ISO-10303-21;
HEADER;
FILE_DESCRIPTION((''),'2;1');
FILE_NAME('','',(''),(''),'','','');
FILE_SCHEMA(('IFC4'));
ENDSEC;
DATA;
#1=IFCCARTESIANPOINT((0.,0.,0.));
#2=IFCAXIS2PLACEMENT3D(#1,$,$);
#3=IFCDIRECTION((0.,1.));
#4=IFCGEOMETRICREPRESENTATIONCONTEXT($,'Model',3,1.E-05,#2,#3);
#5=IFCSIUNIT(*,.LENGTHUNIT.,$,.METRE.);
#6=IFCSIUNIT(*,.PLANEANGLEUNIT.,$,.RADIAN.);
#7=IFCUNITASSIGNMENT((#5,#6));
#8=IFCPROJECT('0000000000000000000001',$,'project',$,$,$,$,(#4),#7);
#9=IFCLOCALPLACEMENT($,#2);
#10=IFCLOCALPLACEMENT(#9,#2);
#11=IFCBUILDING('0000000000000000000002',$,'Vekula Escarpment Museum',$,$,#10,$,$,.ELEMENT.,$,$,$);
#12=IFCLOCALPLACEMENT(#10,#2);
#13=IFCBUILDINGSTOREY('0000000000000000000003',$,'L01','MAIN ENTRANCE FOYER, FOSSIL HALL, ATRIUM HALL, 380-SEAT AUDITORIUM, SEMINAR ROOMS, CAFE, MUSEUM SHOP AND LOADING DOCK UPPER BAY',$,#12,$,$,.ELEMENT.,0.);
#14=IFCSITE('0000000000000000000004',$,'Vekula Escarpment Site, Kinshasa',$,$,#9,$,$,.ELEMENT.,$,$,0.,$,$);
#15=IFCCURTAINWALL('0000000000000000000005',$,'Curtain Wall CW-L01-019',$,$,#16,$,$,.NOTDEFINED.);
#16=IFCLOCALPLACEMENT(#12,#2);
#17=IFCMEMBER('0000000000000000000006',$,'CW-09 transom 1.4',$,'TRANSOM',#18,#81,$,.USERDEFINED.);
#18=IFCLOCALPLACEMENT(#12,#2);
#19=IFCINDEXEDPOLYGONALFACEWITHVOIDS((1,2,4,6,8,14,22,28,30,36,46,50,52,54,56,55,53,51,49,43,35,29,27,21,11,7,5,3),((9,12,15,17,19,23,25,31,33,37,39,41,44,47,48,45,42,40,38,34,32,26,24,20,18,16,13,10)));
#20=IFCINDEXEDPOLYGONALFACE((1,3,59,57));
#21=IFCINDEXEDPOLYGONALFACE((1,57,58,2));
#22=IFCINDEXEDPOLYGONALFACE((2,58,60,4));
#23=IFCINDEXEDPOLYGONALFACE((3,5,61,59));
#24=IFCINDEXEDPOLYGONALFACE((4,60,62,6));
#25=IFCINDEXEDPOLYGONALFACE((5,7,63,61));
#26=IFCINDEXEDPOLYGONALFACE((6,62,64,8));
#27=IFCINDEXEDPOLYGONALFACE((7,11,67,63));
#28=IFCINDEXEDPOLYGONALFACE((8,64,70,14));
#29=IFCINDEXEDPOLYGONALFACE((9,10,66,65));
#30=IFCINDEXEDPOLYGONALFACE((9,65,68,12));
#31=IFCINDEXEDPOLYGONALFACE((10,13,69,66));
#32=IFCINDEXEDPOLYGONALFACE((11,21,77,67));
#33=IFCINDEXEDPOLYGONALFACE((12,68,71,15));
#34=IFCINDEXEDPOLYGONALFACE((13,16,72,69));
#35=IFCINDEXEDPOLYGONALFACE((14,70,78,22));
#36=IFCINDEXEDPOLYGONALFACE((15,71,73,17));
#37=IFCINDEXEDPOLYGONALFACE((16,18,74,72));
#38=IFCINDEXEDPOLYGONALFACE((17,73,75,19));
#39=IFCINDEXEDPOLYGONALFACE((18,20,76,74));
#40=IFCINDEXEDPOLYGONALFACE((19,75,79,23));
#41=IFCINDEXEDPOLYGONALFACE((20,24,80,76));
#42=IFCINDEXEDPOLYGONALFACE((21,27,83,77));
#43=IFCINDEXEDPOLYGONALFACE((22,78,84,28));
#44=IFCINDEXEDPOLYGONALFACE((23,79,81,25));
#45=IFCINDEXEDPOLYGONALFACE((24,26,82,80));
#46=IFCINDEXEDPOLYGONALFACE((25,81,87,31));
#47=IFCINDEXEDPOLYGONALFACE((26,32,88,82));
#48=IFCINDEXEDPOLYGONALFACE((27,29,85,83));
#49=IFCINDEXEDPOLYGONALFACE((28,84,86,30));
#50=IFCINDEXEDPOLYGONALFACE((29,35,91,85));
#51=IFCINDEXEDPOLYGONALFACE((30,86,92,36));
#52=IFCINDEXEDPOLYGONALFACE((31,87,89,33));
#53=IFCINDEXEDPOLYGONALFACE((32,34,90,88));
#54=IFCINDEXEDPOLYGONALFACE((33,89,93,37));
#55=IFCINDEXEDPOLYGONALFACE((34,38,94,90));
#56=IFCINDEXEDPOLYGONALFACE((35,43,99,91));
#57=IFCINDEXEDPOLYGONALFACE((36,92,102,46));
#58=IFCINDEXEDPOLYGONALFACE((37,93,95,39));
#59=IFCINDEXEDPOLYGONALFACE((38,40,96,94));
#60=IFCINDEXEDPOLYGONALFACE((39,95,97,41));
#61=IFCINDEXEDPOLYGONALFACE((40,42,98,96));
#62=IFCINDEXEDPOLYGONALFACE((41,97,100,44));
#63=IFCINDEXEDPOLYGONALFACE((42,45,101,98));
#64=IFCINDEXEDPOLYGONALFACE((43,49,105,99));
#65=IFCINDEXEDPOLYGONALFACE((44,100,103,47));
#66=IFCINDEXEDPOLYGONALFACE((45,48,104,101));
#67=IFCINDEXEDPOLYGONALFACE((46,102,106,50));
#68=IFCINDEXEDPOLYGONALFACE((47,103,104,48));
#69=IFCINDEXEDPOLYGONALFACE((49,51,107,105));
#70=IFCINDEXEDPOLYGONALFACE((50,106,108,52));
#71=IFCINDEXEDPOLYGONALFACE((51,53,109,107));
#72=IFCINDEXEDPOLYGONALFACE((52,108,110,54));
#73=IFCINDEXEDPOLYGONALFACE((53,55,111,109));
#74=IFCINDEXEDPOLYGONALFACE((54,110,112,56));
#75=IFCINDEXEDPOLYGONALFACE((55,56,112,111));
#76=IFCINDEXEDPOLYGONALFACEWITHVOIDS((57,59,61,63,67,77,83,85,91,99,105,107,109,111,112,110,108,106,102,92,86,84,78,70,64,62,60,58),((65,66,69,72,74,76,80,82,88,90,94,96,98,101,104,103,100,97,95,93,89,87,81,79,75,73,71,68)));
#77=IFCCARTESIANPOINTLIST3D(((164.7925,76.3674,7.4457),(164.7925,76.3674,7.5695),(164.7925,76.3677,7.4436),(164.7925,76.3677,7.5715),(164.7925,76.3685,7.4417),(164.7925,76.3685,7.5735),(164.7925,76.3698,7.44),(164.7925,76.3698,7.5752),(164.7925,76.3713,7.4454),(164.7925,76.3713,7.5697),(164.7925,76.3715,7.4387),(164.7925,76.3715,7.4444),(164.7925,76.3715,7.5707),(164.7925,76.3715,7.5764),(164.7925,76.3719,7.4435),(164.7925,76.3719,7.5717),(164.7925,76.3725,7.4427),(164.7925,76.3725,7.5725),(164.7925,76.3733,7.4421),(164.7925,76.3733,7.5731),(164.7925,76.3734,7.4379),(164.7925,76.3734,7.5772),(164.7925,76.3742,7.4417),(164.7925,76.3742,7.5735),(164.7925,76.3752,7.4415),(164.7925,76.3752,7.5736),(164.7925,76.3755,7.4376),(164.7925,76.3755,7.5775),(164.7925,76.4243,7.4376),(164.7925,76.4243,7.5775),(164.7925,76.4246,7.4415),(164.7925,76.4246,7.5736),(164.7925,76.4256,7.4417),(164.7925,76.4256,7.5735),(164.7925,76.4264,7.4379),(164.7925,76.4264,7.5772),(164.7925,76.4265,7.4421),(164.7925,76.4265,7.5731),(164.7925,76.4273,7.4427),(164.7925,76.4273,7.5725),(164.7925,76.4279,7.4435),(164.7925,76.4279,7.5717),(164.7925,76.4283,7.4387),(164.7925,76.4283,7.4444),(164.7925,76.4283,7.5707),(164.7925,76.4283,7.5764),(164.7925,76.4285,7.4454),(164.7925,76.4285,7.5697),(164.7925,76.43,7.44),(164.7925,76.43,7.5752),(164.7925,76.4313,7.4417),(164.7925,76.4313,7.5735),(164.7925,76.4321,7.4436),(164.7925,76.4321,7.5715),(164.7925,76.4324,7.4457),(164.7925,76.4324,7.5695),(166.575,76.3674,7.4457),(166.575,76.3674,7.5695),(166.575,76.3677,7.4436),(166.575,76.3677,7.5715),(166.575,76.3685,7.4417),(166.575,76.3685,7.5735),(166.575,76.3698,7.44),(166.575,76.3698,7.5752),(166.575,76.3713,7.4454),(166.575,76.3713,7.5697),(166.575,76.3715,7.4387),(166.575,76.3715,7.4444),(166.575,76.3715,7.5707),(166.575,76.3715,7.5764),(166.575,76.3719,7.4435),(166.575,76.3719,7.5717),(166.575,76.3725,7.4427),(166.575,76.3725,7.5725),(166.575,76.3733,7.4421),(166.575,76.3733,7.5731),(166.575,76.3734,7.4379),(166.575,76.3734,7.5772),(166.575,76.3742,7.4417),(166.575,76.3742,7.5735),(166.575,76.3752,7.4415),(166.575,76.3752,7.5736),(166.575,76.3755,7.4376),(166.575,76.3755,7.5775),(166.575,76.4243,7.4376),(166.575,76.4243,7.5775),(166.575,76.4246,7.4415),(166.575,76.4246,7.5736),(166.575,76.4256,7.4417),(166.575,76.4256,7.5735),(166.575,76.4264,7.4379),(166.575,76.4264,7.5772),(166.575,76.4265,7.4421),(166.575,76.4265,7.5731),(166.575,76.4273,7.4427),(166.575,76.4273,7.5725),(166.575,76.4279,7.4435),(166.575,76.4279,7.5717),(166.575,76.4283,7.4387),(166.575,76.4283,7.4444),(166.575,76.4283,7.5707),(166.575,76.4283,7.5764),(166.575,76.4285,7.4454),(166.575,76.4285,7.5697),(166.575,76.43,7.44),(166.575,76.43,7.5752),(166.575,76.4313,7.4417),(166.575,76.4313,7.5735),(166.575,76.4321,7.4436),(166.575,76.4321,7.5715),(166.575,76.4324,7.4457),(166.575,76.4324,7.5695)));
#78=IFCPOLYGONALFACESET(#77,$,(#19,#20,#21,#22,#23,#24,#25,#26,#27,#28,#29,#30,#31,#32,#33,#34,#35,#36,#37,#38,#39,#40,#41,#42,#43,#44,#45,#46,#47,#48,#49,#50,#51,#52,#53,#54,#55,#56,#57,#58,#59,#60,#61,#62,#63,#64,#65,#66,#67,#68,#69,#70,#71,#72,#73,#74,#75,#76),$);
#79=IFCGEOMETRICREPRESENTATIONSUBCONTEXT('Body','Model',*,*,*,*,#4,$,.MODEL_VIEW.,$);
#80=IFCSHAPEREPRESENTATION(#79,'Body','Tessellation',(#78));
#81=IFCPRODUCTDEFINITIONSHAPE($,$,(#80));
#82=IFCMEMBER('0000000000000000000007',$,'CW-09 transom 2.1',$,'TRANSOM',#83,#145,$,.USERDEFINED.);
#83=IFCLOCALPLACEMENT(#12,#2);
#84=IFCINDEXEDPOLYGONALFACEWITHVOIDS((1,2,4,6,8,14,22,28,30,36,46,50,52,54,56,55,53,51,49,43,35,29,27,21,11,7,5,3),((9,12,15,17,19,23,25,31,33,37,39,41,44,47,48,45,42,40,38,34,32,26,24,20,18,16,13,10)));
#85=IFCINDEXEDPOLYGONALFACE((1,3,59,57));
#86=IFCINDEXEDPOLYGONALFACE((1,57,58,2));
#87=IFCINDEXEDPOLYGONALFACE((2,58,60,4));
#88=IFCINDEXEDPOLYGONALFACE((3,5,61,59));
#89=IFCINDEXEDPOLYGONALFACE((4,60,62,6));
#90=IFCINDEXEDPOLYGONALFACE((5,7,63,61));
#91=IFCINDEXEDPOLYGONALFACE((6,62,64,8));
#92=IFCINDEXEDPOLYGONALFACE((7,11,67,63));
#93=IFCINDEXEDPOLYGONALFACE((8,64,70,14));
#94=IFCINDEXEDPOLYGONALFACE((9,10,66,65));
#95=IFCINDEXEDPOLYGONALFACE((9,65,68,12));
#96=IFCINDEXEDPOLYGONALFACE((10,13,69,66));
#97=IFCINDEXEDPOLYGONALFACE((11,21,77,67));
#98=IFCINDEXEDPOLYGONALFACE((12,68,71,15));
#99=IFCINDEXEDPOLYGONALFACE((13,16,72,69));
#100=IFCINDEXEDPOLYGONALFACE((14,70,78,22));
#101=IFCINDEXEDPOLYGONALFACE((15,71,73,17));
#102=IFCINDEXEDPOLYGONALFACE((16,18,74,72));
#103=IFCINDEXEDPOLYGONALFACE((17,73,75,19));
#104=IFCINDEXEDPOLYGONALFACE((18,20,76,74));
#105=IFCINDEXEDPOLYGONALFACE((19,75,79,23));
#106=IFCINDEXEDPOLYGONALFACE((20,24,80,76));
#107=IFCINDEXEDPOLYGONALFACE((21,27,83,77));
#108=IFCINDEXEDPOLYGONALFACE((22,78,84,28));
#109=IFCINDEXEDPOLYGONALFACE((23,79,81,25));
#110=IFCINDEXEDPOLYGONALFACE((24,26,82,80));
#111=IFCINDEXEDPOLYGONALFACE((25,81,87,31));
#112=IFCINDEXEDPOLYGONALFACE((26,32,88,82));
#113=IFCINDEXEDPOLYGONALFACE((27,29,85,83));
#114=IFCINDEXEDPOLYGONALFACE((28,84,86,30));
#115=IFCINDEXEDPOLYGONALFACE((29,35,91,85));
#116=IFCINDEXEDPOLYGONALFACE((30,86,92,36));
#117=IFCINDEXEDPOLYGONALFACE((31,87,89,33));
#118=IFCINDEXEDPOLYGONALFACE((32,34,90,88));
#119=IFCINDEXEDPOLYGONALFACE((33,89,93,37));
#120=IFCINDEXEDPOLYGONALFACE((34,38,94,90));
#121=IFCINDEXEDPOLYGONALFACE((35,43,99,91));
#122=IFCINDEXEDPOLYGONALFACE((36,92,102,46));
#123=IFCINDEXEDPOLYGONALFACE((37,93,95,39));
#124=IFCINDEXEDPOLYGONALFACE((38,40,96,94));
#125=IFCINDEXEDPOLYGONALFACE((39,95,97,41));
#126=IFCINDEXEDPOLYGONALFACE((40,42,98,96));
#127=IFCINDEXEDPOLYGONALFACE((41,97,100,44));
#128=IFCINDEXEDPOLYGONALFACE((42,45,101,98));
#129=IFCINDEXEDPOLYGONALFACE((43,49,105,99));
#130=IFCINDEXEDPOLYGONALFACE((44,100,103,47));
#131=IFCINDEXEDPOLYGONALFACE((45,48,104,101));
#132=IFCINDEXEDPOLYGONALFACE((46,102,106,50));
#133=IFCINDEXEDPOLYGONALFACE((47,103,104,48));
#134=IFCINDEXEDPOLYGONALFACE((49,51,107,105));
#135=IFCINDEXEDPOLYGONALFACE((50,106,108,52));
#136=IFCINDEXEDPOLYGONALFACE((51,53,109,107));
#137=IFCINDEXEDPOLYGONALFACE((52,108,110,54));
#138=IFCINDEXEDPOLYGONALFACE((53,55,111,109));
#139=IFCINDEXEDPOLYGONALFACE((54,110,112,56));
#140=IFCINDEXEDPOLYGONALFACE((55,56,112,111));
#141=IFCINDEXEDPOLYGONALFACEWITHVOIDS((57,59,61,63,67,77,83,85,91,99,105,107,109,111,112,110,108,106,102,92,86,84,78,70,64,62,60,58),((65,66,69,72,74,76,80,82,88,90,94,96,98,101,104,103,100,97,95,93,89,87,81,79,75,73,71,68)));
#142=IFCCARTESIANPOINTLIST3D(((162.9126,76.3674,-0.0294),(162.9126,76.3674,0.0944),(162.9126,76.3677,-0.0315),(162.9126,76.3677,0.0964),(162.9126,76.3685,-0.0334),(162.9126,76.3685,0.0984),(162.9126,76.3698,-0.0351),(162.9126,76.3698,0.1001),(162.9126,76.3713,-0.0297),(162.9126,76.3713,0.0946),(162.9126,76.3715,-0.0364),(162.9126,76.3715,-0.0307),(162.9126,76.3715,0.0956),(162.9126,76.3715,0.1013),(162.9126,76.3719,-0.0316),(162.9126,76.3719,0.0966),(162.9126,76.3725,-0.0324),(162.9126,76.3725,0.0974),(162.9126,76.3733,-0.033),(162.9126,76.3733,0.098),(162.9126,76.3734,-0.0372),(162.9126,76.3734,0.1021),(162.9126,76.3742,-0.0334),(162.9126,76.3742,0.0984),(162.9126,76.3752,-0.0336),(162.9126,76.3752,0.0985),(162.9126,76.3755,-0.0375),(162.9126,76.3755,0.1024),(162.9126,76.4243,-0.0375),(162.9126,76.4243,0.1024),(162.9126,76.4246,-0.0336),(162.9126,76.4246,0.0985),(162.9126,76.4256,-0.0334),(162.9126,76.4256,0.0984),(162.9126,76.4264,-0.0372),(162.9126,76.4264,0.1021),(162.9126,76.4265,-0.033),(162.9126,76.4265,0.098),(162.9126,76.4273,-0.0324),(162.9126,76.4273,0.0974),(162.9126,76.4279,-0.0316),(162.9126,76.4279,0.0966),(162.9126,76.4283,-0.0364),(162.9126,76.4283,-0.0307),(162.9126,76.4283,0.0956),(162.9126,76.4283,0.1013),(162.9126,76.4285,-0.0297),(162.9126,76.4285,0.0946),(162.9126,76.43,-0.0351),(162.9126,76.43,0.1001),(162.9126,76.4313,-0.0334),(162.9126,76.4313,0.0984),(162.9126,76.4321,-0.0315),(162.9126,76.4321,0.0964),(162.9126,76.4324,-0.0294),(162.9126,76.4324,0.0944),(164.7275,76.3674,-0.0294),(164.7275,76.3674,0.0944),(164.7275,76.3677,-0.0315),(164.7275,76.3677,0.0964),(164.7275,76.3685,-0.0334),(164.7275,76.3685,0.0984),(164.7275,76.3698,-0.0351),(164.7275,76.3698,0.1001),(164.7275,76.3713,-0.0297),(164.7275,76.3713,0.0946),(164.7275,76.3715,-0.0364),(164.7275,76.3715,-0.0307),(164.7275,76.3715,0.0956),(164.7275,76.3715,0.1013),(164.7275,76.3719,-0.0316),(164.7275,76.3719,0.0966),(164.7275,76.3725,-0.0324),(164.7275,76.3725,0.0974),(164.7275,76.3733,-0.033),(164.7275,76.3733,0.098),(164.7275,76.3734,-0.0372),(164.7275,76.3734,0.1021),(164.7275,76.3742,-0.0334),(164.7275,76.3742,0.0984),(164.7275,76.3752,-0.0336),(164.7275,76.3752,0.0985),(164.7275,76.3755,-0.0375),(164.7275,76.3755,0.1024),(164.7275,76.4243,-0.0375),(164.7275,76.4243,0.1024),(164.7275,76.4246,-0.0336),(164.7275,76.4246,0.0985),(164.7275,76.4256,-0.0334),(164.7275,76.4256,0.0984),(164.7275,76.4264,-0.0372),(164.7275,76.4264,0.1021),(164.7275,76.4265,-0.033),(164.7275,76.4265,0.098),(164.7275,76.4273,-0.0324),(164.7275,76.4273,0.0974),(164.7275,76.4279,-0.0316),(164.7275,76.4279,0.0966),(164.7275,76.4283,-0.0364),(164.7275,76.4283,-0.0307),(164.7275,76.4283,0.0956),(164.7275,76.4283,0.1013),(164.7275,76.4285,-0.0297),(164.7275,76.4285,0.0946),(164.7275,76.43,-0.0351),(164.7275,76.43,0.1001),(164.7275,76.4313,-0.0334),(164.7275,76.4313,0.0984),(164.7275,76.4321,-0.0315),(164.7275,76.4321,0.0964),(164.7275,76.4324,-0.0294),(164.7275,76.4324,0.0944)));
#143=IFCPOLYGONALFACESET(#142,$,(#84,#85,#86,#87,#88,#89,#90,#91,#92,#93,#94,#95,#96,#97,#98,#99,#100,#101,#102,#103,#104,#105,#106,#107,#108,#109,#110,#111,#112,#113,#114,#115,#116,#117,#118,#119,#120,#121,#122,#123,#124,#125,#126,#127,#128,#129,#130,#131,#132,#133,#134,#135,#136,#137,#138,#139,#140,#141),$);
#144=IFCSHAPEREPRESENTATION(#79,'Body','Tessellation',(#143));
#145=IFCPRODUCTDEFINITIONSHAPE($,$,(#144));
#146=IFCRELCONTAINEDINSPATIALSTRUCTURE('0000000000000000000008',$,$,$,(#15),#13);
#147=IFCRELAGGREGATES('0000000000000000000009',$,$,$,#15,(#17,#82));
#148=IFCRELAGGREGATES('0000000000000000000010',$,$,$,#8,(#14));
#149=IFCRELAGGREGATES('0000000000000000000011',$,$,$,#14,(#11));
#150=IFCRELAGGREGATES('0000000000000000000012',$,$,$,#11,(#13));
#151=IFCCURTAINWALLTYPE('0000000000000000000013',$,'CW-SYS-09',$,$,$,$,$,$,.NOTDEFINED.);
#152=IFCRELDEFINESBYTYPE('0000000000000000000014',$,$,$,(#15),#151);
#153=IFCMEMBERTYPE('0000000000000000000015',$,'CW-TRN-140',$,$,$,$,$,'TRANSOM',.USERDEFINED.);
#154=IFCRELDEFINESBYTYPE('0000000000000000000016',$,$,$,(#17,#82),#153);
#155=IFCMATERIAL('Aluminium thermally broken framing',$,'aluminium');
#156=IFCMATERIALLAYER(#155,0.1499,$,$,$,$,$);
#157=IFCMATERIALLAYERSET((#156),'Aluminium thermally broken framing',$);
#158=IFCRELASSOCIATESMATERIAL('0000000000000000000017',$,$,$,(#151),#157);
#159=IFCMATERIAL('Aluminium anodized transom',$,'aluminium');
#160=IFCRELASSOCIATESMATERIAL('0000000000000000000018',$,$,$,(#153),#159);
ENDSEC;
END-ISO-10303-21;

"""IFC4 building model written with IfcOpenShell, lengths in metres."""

from ifc_helpers import new_model, si_unit, direction, frame, origin, origin_2d, place, context, subcontext, project, spatial, hollow_rectangle, extrude, material, layer, layer_set, material_profile, profile_set, type_object, element, aggregate, save


model = new_model("IFC4")

# Units and contexts
model_context = context("Model", 3, precision=1e-05, world=origin(), true_north=direction((0.0, 1.0)))
body_context = subcontext(model_context, "Body", "Model", "MODEL_VIEW")
ifc_project = project(units=[si_unit("LENGTHUNIT", "METRE"), si_unit("PLANEANGLEUNIT", "RADIAN")], contexts=[model_context])

# Site, building, storey
site_placement = place(None, origin())
site = spatial("IfcSite", under=ifc_project, at=site_placement, Name="Vekula Escarpment Site, Kinshasa", CompositionType="ELEMENT", RefElevation=0.0)
building_placement = place(site_placement, origin())
building = spatial("IfcBuilding", under=site, at=building_placement, Name="Vekula Escarpment Museum", CompositionType="ELEMENT")
storey_placement = place(building_placement, origin())
storey = spatial("IfcBuildingStorey", under=building, at=storey_placement, Name="L01", Description="MAIN ENTRANCE FOYER, FOSSIL HALL, ATRIUM HALL, 380-SEAT AUDITORIUM, SEMINAR ROOMS, CAFE, MUSEUM SHOP AND LOADING DOCK UPPER BAY", CompositionType="ELEMENT", Elevation=0.0)

# Curtain wall
ifc_material_1 = material(Name="Aluminium thermally broken framing", Category="aluminium")
ifc_layer_1 = layer(ifc_material_1, 0.1499)
ifc_layer_set_1 = layer_set([ifc_layer_1], Name="Aluminium thermally broken framing")
curtain_wall_type_1 = type_object("IfcCurtainWallType", Name="CW-SYS-09", PredefinedType="NOTDEFINED", material=ifc_layer_set_1)
curtain_wall_1_placement = place(storey_placement, origin())
curtain_wall_1 = element("IfcCurtainWall", 1, at=curtain_wall_1_placement, inside=storey, type_object=curtain_wall_type_1, Name="Curtain Wall CW-L01-019", PredefinedType="NOTDEFINED")

# Members
ifc_material_2 = material(Name="Aluminium anodized transom", Category="aluminium")
ifc_material_profile_1 = material_profile(ifc_material_2, hollow_rectangle(XDim=0.0649, YDim=0.1399, WallThickness=0.0039, InnerFilletRadius=0.0039, OuterFilletRadius=0.0081, at=origin_2d()), Name="ALU 140x65x4")
ifc_profile_set_1 = profile_set([ifc_material_profile_1], Name="Aluminium anodized transom")
member_type_1 = type_object("IfcMemberType", Name="CW-TRN-140", ElementType="TRANSOM", PredefinedType="USERDEFINED", material=ifc_profile_set_1)
member_1_placement = place(storey_placement, frame((166.575, 76.3999, 7.5076), z_axis=(-1.0, 0.0, 0.0), x_axis=(0.0, -1.0, 0.0)))
member_1 = element("IfcMember", 2, at=member_1_placement, type_object=member_type_1, Name="CW-09 transom 1.4", ObjectType="TRANSOM", PredefinedType="USERDEFINED", context=body_context, shape_type="SweptSolid", body=[
    extrude(hollow_rectangle(XDim=0.0649, YDim=0.1399, WallThickness=0.0039, InnerFilletRadius=0.0039, OuterFilletRadius=0.0081, at=origin_2d()), origin(), (0.0, 0.0, 1.0), 1.7825),
])
member_2_placement = place(storey_placement, frame((164.7275, 76.3999, 0.0325), z_axis=(-1.0, 0.0, 0.0), x_axis=(0.0, -1.0, 0.0)))
member_2 = element("IfcMember", 3, at=member_2_placement, type_object=member_type_1, Name="CW-09 transom 2.1", ObjectType="TRANSOM", PredefinedType="USERDEFINED", context=body_context, shape_type="SweptSolid", body=[
    extrude(hollow_rectangle(XDim=0.0649, YDim=0.1399, WallThickness=0.0039, InnerFilletRadius=0.0039, OuterFilletRadius=0.0081, at=origin_2d()), origin(), (0.0, 0.0, 1.0), 1.8149),
])

aggregate(curtain_wall_1, [member_1, member_2])

save(model, "model.ifc")
